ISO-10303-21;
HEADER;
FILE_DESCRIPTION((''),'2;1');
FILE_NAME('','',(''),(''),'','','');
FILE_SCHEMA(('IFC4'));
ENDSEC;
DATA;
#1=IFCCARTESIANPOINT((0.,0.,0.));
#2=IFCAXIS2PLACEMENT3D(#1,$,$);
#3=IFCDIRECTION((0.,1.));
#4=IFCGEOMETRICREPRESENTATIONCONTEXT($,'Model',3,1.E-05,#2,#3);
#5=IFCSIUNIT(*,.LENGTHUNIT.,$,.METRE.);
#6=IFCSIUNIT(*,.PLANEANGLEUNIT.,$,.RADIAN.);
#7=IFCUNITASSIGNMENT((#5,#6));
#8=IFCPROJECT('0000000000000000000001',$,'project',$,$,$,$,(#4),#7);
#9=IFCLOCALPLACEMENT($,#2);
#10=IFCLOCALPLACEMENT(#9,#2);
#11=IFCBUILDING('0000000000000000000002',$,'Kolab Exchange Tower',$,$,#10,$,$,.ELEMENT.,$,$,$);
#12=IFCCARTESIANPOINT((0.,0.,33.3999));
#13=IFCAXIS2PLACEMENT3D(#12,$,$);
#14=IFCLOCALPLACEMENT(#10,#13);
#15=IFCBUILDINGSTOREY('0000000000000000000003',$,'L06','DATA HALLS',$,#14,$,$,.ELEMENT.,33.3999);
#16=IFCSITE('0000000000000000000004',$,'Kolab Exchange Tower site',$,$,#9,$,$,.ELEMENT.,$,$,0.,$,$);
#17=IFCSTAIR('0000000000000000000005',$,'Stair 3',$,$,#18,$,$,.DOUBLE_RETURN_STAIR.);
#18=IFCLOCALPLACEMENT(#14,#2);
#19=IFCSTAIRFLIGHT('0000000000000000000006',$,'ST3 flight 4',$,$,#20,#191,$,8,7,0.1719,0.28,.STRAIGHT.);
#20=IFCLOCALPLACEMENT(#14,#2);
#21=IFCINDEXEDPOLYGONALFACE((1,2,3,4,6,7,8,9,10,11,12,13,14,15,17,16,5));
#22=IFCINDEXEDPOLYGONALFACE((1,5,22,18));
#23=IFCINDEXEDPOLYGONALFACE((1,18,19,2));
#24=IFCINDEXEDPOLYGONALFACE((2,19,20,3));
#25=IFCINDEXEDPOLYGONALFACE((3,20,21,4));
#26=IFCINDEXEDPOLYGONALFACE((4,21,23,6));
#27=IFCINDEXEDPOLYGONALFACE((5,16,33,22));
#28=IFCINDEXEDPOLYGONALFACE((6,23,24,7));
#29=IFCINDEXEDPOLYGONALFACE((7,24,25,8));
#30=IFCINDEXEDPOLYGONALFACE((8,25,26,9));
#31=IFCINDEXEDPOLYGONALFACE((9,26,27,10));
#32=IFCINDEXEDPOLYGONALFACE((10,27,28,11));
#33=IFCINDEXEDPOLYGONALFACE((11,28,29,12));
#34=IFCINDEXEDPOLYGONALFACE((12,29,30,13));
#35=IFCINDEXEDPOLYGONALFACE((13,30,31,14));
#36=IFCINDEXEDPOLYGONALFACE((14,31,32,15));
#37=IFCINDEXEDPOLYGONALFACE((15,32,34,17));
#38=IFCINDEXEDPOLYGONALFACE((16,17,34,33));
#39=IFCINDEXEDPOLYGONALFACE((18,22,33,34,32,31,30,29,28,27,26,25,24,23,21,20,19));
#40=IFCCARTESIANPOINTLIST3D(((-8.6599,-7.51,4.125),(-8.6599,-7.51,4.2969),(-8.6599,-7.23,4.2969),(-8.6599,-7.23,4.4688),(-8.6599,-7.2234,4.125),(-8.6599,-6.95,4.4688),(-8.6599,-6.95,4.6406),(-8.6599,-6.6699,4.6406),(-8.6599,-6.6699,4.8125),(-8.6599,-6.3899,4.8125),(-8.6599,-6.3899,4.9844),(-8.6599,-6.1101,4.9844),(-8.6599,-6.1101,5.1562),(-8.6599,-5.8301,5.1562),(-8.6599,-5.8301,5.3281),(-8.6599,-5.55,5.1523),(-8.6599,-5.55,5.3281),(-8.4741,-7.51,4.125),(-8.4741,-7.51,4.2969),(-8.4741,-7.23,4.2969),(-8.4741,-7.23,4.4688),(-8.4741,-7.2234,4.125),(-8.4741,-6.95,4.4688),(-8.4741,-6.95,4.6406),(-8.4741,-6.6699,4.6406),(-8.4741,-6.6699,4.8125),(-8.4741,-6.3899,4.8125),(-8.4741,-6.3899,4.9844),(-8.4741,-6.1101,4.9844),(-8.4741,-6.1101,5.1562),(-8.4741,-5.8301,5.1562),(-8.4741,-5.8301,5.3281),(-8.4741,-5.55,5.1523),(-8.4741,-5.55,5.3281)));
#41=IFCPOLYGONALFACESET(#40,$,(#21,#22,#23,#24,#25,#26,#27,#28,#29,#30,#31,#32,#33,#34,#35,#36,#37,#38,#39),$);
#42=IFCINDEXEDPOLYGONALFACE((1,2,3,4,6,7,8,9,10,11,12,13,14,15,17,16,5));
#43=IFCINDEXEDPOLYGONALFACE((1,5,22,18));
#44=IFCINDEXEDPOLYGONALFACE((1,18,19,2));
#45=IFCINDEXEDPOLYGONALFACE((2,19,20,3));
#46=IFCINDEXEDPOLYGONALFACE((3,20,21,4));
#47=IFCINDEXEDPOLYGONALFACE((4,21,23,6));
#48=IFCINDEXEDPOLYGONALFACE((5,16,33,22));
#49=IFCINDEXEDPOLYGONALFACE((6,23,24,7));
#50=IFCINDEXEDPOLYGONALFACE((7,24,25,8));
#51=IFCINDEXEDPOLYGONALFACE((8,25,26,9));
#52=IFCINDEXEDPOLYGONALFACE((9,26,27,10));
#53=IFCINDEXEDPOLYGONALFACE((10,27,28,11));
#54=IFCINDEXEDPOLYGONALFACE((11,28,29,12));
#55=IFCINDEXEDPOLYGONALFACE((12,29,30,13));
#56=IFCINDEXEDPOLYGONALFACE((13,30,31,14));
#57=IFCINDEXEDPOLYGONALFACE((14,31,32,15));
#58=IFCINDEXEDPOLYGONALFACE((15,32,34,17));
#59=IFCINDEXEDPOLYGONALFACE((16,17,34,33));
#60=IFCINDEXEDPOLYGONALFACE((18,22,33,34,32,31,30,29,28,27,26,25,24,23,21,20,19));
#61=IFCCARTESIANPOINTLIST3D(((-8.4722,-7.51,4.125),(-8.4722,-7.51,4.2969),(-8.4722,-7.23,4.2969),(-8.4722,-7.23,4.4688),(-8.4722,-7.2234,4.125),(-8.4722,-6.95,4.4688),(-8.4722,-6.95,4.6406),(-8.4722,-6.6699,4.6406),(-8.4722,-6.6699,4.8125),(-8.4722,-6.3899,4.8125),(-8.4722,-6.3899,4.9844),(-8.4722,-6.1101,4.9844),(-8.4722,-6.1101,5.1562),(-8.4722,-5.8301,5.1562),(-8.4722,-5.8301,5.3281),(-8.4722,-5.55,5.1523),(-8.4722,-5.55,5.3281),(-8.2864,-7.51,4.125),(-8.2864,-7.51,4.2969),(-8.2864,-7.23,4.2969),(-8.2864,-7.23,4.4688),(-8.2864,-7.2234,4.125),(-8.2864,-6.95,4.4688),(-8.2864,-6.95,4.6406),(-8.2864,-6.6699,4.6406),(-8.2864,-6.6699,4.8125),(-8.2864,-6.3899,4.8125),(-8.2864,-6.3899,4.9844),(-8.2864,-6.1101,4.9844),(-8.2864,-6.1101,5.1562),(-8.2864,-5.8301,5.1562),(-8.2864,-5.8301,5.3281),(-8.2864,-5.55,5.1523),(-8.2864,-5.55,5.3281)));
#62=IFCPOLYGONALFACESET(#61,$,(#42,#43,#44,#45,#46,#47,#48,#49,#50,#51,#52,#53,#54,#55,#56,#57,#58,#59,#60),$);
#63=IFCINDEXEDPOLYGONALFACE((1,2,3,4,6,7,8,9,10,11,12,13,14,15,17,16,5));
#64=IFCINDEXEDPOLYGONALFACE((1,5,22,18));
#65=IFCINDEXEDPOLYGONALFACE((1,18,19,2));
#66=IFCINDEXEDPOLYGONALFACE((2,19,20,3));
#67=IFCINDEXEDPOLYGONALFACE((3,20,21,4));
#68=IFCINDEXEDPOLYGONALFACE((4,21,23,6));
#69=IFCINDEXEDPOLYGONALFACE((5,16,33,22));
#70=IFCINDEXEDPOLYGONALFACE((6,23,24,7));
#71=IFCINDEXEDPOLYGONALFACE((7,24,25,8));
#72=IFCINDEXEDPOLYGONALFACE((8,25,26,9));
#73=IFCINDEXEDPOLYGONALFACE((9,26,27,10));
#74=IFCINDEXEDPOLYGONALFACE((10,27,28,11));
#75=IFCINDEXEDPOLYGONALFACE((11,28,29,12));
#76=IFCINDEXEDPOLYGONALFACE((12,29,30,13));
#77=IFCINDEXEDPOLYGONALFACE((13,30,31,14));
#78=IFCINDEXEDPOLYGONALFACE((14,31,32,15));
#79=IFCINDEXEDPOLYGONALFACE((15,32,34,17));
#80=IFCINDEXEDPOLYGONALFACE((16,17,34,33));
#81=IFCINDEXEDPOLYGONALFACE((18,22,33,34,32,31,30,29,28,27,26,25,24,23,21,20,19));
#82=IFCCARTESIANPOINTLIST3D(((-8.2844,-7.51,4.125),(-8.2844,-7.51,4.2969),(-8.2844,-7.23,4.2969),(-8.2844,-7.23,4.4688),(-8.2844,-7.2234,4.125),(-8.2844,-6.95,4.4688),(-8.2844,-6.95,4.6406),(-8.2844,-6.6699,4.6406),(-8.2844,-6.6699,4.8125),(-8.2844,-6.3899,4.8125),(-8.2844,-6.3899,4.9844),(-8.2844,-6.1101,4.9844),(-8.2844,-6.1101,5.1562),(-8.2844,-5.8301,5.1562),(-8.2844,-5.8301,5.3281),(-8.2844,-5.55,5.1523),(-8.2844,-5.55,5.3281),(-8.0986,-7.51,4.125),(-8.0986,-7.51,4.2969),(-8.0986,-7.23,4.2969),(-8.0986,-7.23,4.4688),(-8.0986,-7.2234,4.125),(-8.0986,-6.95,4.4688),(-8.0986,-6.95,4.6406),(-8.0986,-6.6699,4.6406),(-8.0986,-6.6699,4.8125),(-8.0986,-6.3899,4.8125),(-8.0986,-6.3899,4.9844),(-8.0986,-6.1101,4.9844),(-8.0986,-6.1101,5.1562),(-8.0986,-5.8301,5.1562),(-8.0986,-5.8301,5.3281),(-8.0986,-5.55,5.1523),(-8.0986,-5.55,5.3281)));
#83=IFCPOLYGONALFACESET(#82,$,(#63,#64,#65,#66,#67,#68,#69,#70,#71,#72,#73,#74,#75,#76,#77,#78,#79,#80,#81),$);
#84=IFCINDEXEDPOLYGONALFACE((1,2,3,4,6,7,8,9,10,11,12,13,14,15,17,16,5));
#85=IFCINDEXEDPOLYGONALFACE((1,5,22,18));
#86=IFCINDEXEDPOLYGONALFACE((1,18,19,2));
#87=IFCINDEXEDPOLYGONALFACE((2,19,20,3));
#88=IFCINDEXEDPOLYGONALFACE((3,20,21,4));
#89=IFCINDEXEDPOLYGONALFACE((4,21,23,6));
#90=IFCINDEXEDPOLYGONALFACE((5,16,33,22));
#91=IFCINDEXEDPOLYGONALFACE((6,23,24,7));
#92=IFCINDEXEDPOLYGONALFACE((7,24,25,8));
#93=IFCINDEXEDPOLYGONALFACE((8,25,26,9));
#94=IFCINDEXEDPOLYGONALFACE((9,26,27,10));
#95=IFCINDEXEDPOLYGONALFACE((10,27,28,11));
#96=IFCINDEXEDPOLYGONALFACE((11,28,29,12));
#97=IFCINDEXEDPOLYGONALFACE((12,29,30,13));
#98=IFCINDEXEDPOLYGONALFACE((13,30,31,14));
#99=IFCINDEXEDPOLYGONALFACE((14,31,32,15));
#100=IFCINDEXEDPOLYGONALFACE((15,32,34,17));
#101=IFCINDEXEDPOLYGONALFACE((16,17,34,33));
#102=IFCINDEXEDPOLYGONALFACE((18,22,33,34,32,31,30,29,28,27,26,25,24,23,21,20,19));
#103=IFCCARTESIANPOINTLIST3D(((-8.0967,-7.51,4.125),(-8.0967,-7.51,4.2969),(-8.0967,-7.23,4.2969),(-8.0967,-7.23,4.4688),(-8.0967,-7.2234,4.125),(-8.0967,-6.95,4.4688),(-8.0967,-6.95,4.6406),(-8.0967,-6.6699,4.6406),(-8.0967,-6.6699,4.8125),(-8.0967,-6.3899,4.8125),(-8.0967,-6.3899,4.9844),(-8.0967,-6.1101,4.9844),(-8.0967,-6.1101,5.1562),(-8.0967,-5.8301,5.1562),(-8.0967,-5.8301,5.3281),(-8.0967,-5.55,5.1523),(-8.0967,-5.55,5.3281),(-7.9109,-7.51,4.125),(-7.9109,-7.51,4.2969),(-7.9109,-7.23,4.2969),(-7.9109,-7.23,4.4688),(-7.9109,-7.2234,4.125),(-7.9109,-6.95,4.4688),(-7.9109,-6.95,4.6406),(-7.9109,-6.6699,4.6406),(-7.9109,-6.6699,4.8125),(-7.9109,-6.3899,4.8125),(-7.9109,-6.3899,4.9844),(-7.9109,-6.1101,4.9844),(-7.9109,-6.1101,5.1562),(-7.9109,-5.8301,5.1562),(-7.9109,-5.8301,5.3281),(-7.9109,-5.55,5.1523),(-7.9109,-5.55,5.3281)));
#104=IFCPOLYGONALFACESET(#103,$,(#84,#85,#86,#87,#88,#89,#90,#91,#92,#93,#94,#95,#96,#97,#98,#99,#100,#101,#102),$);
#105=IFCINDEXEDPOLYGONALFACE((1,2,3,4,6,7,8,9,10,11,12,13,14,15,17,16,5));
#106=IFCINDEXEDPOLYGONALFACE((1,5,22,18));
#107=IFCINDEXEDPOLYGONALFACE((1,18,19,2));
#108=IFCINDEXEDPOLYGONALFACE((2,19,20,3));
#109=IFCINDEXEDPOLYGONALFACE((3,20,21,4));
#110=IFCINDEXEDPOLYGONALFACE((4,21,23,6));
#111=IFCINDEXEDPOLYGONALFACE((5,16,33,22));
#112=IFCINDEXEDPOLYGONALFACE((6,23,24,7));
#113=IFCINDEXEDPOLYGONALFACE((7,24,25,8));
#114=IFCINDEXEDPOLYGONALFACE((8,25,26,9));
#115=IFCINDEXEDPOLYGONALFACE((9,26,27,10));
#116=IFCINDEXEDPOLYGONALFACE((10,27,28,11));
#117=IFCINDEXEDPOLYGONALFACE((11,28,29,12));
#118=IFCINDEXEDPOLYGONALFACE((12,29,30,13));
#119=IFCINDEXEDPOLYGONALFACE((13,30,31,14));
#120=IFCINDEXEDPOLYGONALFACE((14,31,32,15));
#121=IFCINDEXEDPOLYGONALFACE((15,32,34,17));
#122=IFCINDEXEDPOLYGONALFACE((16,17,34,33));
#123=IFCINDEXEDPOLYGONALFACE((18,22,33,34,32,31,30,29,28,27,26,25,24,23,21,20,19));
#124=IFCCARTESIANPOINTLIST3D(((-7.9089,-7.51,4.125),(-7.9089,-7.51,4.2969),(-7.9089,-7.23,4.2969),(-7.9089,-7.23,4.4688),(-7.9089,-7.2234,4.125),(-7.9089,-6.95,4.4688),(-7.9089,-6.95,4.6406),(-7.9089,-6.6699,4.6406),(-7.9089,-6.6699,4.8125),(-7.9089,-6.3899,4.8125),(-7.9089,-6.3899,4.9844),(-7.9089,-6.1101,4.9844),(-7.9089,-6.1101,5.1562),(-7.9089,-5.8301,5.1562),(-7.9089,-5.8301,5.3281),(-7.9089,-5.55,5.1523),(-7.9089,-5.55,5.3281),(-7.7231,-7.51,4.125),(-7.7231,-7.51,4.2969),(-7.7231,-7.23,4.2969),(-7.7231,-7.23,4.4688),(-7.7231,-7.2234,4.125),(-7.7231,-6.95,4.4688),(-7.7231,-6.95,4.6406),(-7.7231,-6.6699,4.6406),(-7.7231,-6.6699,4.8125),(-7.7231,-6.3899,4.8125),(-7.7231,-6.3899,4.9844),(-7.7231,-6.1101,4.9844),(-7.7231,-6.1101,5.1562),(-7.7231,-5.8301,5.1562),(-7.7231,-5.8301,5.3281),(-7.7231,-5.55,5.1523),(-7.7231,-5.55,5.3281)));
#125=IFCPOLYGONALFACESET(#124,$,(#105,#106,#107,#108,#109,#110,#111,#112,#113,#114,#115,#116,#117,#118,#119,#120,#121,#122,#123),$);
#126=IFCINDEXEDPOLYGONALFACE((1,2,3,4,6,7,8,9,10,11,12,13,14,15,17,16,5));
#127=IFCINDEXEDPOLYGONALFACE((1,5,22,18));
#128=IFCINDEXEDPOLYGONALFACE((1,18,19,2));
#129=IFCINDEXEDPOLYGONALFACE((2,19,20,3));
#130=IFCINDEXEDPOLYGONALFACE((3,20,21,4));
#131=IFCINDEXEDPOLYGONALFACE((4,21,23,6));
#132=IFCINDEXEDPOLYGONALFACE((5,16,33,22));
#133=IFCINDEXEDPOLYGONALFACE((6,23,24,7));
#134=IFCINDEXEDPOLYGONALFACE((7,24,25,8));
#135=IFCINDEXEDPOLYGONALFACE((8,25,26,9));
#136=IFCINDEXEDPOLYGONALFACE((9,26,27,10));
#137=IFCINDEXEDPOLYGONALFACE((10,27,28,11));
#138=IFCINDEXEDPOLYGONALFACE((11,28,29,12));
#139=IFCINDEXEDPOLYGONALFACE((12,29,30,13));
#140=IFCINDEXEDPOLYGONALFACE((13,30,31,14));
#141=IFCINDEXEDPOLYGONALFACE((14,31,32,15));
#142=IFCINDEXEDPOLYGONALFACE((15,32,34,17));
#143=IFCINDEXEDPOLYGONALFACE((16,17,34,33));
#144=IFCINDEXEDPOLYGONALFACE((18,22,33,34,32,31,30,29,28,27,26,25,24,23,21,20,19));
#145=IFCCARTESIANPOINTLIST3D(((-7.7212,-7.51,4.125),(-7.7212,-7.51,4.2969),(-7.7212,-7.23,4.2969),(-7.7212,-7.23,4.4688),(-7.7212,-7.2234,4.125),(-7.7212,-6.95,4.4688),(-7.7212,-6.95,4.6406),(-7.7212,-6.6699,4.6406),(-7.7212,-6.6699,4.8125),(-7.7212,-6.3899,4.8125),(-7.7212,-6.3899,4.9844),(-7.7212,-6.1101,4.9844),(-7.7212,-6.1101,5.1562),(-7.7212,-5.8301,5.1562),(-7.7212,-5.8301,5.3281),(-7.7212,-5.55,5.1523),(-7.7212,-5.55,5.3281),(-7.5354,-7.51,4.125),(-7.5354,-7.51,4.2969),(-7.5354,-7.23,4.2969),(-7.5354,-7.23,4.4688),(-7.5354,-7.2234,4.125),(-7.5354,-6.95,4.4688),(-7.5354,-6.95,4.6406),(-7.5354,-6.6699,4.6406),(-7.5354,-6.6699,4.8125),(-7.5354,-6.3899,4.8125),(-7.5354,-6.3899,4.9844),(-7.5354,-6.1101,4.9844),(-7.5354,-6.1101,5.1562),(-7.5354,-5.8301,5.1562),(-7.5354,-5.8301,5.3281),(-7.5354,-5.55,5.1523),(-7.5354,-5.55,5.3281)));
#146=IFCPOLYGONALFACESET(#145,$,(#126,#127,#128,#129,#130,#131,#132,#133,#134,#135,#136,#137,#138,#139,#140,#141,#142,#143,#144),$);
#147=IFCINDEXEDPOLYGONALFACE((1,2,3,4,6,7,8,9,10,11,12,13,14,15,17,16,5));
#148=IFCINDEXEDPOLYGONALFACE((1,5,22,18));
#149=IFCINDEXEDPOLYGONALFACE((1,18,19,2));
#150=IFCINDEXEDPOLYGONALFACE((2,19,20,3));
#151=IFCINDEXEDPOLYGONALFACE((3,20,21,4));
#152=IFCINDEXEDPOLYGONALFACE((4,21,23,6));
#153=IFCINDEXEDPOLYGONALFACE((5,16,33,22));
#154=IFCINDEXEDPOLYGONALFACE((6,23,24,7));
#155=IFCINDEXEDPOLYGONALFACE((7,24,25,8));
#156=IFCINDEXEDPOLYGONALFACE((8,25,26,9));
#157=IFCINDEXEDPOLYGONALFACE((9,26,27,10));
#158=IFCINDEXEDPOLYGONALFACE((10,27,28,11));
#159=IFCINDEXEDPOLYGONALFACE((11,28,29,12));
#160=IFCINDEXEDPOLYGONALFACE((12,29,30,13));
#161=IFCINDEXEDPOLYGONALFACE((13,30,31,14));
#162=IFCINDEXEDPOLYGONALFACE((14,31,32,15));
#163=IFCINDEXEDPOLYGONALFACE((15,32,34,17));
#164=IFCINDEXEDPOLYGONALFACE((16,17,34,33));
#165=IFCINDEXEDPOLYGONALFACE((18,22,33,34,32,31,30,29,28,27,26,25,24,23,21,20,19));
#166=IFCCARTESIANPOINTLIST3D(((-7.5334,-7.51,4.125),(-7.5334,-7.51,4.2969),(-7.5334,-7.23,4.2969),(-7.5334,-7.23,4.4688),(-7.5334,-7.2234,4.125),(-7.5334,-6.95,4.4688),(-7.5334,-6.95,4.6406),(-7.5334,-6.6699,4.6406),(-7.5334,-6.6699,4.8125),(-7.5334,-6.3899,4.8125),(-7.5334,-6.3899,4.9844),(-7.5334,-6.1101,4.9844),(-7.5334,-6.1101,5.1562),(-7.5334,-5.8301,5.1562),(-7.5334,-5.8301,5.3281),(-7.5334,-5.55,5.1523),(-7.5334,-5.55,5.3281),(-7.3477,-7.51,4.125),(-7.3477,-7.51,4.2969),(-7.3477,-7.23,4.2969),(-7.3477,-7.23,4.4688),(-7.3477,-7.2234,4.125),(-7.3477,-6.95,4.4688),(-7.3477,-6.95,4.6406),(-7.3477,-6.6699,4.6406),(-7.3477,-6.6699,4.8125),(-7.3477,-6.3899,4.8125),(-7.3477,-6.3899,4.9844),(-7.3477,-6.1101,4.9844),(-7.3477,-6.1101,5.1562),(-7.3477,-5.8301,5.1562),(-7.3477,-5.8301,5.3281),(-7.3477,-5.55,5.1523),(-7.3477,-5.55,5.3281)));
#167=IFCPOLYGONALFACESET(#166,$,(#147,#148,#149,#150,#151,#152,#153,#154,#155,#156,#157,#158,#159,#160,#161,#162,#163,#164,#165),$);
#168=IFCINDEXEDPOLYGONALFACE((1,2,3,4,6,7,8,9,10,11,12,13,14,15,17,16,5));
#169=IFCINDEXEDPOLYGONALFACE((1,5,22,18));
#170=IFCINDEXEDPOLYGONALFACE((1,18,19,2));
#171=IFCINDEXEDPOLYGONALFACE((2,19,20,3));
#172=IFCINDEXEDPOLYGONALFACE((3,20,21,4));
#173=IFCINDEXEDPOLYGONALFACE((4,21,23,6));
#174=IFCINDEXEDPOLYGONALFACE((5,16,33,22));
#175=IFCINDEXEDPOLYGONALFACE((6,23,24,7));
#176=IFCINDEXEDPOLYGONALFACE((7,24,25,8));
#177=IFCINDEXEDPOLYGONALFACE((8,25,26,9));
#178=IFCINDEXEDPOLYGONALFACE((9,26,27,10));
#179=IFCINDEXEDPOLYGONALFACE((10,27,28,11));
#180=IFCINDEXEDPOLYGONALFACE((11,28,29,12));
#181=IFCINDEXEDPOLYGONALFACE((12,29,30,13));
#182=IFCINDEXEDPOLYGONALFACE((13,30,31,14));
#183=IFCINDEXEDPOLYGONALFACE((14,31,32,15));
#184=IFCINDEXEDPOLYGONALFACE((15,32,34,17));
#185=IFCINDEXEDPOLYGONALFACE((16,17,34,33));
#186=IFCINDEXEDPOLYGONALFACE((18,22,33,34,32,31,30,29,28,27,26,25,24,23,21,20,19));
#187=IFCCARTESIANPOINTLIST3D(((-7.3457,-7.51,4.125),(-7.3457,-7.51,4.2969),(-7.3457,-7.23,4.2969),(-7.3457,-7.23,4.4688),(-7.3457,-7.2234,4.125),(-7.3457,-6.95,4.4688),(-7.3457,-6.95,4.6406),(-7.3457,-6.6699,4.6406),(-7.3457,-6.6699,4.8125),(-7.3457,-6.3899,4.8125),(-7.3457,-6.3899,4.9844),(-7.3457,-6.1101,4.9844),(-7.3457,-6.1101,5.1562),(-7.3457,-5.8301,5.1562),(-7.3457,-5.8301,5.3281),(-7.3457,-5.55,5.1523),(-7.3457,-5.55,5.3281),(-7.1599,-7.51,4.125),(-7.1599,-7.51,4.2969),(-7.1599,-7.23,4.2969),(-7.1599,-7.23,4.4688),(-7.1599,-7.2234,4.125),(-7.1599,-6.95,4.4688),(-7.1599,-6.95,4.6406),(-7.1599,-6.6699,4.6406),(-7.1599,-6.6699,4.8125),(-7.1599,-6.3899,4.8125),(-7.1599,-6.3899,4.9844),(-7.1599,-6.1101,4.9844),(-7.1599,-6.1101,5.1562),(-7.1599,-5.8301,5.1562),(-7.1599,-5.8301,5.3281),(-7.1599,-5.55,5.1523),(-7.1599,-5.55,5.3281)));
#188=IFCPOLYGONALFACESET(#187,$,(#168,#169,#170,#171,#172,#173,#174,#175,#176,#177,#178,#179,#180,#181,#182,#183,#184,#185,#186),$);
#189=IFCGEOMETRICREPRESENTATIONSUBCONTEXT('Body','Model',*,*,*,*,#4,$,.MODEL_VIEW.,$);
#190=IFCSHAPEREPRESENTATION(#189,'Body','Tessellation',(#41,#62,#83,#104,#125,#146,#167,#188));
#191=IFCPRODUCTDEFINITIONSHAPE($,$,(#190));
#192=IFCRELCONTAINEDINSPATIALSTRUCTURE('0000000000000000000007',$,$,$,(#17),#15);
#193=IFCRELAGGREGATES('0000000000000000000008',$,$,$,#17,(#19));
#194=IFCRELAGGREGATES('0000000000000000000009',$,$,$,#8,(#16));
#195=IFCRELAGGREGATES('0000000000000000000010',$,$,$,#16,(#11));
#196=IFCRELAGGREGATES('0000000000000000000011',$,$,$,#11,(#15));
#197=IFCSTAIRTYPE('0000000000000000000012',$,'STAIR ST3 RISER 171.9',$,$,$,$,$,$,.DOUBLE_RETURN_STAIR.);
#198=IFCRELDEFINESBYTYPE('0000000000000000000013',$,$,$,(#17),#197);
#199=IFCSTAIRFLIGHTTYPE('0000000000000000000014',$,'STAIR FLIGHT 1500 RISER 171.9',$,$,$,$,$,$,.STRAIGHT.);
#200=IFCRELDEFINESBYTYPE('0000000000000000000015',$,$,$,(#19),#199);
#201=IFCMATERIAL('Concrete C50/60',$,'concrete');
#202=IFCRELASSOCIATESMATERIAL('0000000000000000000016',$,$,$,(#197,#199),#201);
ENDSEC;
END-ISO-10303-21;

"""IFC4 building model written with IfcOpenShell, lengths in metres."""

from ifc_helpers import new_model, si_unit, direction, frame, origin, place, context, subcontext, project, spatial, polyline, outline, extrude, material, type_object, element, aggregate, save


model = new_model("IFC4")

# Units and contexts
model_context = context("Model", 3, precision=1e-05, world=origin(), true_north=direction((0.0, 1.0)))
body_context = subcontext(model_context, "Body", "Model", "MODEL_VIEW")
ifc_project = project(units=[si_unit("LENGTHUNIT", "METRE"), si_unit("PLANEANGLEUNIT", "RADIAN")], contexts=[model_context])

# Site, building, storey
site_placement = place(None, origin())
site = spatial("IfcSite", under=ifc_project, at=site_placement, Name="Kolab Exchange Tower site", CompositionType="ELEMENT", RefElevation=0.0)
building_placement = place(site_placement, origin())
building = spatial("IfcBuilding", under=site, at=building_placement, Name="Kolab Exchange Tower", CompositionType="ELEMENT")
storey_placement = place(building_placement, frame((0.0, 0.0, 33.3999)))
storey = spatial("IfcBuildingStorey", under=building, at=storey_placement, Name="L06", Description="DATA HALLS", CompositionType="ELEMENT", Elevation=33.3999)

# Shared definitions
ifc_material_1 = material(Name="Concrete C50/60", Category="concrete")

# Stair, stair flight
stair_type = type_object("IfcStairType", Name="STAIR ST3 RISER 171.9", PredefinedType="DOUBLE_RETURN_STAIR", material=ifc_material_1)
stair_placement = place(storey_placement, origin())
stair = element("IfcStair", 1, at=stair_placement, inside=storey, type_object=stair_type, Name="Stair 3", PredefinedType="DOUBLE_RETURN_STAIR")
stair_flight_type = type_object("IfcStairFlightType", Name="STAIR FLIGHT 1500 RISER 171.9", PredefinedType="STRAIGHT", material=ifc_material_1)
stair_flight_1_placement = place(storey_placement, frame((-7.9099, -7.51, 4.125), z_axis=(0.0, 0.0, 1.0), x_axis=(0.0, 1.0, 0.0)))
stair_flight_1 = element("IfcStairFlight", 2, at=stair_flight_1_placement, type_object=stair_flight_type, Name="ST3 flight 4", NumberOfRisers=8, NumberOfTreads=7, PredefinedType="STRAIGHT", RiserHeight=0.1719, TreadLength=0.28, context=body_context, shape_type="SweptSolid", body=[
    extrude(outline(polyline([(0.0, 0.0), (0.0, 0.1719), (0.28, 0.1719), (0.28, 0.3438), (0.5601, 0.3438), (0.5601, 0.5156), (0.8401, 0.5156), (0.8401, 0.6875), (1.1201, 0.6875), (1.1201, 0.8594), (1.3999, 0.8594), (1.3999, 1.0312), (1.6799, 1.0312), (1.6799, 1.2031), (1.96, 1.2031), (1.96, 1.375), (1.96, 1.0273), (0.2866, 0.0), (0.0, 0.0)])), frame((0.0, 0.75, 0.0), z_axis=(0.0, -1.0, 0.0), x_axis=(1.0, 0.0, 0.0)), (0.0, 0.0, 1.0), 0.1858),
    extrude(outline(polyline([(0.0, 0.0), (0.0, 0.1719), (0.28, 0.1719), (0.28, 0.3438), (0.5601, 0.3438), (0.5601, 0.5156), (0.8401, 0.5156), (0.8401, 0.6875), (1.1201, 0.6875), (1.1201, 0.8594), (1.3999, 0.8594), (1.3999, 1.0312), (1.6799, 1.0312), (1.6799, 1.2031), (1.96, 1.2031), (1.96, 1.375), (1.96, 1.0273), (0.2866, 0.0), (0.0, 0.0)])), frame((0.0, 0.5623, 0.0), z_axis=(0.0, -1.0, 0.0), x_axis=(1.0, 0.0, 0.0)), (0.0, 0.0, 1.0), 0.1858),
    extrude(outline(polyline([(0.0, 0.0), (0.0, 0.1719), (0.28, 0.1719), (0.28, 0.3438), (0.5601, 0.3438), (0.5601, 0.5156), (0.8401, 0.5156), (0.8401, 0.6875), (1.1201, 0.6875), (1.1201, 0.8594), (1.3999, 0.8594), (1.3999, 1.0312), (1.6799, 1.0312), (1.6799, 1.2031), (1.96, 1.2031), (1.96, 1.375), (1.96, 1.0273), (0.2866, 0.0), (0.0, 0.0)])), frame((0.0, 0.3745, 0.0), z_axis=(0.0, -1.0, 0.0), x_axis=(1.0, 0.0, 0.0)), (0.0, 0.0, 1.0), 0.1858),
    extrude(outline(polyline([(0.0, 0.0), (0.0, 0.1719), (0.28, 0.1719), (0.28, 0.3438), (0.5601, 0.3438), (0.5601, 0.5156), (0.8401, 0.5156), (0.8401, 0.6875), (1.1201, 0.6875), (1.1201, 0.8594), (1.3999, 0.8594), (1.3999, 1.0312), (1.6799, 1.0312), (1.6799, 1.2031), (1.96, 1.2031), (1.96, 1.375), (1.96, 1.0273), (0.2866, 0.0), (0.0, 0.0)])), frame((0.0, 0.1868, 0.0), z_axis=(0.0, -1.0, 0.0), x_axis=(1.0, 0.0, 0.0)), (0.0, 0.0, 1.0), 0.1858),
    extrude(outline(polyline([(0.0, 0.0), (0.0, 0.1719), (0.28, 0.1719), (0.28, 0.3438), (0.5601, 0.3438), (0.5601, 0.5156), (0.8401, 0.5156), (0.8401, 0.6875), (1.1201, 0.6875), (1.1201, 0.8594), (1.3999, 0.8594), (1.3999, 1.0312), (1.6799, 1.0312), (1.6799, 1.2031), (1.96, 1.2031), (1.96, 1.375), (1.96, 1.0273), (0.2866, 0.0), (0.0, 0.0)])), frame((0.0, -0.001, 0.0), z_axis=(0.0, -1.0, 0.0), x_axis=(1.0, 0.0, 0.0)), (0.0, 0.0, 1.0), 0.1858),
    extrude(outline(polyline([(0.0, 0.0), (0.0, 0.1719), (0.28, 0.1719), (0.28, 0.3438), (0.5601, 0.3438), (0.5601, 0.5156), (0.8401, 0.5156), (0.8401, 0.6875), (1.1201, 0.6875), (1.1201, 0.8594), (1.3999, 0.8594), (1.3999, 1.0312), (1.6799, 1.0312), (1.6799, 1.2031), (1.96, 1.2031), (1.96, 1.375), (1.96, 1.0273), (0.2866, 0.0), (0.0, 0.0)])), frame((0.0, -0.1887, 0.0), z_axis=(0.0, -1.0, 0.0), x_axis=(1.0, 0.0, 0.0)), (0.0, 0.0, 1.0), 0.1858),
    extrude(outline(polyline([(0.0, 0.0), (0.0, 0.1719), (0.28, 0.1719), (0.28, 0.3438), (0.5601, 0.3438), (0.5601, 0.5156), (0.8401, 0.5156), (0.8401, 0.6875), (1.1201, 0.6875), (1.1201, 0.8594), (1.3999, 0.8594), (1.3999, 1.0312), (1.6799, 1.0312), (1.6799, 1.2031), (1.96, 1.2031), (1.96, 1.375), (1.96, 1.0273), (0.2866, 0.0), (0.0, 0.0)])), frame((0.0, -0.3765, 0.0), z_axis=(0.0, -1.0, 0.0), x_axis=(1.0, 0.0, 0.0)), (0.0, 0.0, 1.0), 0.1858),
    extrude(outline(polyline([(0.0, 0.0), (0.0, 0.1719), (0.28, 0.1719), (0.28, 0.3438), (0.5601, 0.3438), (0.5601, 0.5156), (0.8401, 0.5156), (0.8401, 0.6875), (1.1201, 0.6875), (1.1201, 0.8594), (1.3999, 0.8594), (1.3999, 1.0312), (1.6799, 1.0312), (1.6799, 1.2031), (1.96, 1.2031), (1.96, 1.375), (1.96, 1.0273), (0.2866, 0.0), (0.0, 0.0)])), frame((0.0, -0.5642, 0.0), z_axis=(0.0, -1.0, 0.0), x_axis=(1.0, 0.0, 0.0)), (0.0, 0.0, 1.0), 0.1858),
])
aggregate(stair, [stair_flight_1])

save(model, "model.ifc")
